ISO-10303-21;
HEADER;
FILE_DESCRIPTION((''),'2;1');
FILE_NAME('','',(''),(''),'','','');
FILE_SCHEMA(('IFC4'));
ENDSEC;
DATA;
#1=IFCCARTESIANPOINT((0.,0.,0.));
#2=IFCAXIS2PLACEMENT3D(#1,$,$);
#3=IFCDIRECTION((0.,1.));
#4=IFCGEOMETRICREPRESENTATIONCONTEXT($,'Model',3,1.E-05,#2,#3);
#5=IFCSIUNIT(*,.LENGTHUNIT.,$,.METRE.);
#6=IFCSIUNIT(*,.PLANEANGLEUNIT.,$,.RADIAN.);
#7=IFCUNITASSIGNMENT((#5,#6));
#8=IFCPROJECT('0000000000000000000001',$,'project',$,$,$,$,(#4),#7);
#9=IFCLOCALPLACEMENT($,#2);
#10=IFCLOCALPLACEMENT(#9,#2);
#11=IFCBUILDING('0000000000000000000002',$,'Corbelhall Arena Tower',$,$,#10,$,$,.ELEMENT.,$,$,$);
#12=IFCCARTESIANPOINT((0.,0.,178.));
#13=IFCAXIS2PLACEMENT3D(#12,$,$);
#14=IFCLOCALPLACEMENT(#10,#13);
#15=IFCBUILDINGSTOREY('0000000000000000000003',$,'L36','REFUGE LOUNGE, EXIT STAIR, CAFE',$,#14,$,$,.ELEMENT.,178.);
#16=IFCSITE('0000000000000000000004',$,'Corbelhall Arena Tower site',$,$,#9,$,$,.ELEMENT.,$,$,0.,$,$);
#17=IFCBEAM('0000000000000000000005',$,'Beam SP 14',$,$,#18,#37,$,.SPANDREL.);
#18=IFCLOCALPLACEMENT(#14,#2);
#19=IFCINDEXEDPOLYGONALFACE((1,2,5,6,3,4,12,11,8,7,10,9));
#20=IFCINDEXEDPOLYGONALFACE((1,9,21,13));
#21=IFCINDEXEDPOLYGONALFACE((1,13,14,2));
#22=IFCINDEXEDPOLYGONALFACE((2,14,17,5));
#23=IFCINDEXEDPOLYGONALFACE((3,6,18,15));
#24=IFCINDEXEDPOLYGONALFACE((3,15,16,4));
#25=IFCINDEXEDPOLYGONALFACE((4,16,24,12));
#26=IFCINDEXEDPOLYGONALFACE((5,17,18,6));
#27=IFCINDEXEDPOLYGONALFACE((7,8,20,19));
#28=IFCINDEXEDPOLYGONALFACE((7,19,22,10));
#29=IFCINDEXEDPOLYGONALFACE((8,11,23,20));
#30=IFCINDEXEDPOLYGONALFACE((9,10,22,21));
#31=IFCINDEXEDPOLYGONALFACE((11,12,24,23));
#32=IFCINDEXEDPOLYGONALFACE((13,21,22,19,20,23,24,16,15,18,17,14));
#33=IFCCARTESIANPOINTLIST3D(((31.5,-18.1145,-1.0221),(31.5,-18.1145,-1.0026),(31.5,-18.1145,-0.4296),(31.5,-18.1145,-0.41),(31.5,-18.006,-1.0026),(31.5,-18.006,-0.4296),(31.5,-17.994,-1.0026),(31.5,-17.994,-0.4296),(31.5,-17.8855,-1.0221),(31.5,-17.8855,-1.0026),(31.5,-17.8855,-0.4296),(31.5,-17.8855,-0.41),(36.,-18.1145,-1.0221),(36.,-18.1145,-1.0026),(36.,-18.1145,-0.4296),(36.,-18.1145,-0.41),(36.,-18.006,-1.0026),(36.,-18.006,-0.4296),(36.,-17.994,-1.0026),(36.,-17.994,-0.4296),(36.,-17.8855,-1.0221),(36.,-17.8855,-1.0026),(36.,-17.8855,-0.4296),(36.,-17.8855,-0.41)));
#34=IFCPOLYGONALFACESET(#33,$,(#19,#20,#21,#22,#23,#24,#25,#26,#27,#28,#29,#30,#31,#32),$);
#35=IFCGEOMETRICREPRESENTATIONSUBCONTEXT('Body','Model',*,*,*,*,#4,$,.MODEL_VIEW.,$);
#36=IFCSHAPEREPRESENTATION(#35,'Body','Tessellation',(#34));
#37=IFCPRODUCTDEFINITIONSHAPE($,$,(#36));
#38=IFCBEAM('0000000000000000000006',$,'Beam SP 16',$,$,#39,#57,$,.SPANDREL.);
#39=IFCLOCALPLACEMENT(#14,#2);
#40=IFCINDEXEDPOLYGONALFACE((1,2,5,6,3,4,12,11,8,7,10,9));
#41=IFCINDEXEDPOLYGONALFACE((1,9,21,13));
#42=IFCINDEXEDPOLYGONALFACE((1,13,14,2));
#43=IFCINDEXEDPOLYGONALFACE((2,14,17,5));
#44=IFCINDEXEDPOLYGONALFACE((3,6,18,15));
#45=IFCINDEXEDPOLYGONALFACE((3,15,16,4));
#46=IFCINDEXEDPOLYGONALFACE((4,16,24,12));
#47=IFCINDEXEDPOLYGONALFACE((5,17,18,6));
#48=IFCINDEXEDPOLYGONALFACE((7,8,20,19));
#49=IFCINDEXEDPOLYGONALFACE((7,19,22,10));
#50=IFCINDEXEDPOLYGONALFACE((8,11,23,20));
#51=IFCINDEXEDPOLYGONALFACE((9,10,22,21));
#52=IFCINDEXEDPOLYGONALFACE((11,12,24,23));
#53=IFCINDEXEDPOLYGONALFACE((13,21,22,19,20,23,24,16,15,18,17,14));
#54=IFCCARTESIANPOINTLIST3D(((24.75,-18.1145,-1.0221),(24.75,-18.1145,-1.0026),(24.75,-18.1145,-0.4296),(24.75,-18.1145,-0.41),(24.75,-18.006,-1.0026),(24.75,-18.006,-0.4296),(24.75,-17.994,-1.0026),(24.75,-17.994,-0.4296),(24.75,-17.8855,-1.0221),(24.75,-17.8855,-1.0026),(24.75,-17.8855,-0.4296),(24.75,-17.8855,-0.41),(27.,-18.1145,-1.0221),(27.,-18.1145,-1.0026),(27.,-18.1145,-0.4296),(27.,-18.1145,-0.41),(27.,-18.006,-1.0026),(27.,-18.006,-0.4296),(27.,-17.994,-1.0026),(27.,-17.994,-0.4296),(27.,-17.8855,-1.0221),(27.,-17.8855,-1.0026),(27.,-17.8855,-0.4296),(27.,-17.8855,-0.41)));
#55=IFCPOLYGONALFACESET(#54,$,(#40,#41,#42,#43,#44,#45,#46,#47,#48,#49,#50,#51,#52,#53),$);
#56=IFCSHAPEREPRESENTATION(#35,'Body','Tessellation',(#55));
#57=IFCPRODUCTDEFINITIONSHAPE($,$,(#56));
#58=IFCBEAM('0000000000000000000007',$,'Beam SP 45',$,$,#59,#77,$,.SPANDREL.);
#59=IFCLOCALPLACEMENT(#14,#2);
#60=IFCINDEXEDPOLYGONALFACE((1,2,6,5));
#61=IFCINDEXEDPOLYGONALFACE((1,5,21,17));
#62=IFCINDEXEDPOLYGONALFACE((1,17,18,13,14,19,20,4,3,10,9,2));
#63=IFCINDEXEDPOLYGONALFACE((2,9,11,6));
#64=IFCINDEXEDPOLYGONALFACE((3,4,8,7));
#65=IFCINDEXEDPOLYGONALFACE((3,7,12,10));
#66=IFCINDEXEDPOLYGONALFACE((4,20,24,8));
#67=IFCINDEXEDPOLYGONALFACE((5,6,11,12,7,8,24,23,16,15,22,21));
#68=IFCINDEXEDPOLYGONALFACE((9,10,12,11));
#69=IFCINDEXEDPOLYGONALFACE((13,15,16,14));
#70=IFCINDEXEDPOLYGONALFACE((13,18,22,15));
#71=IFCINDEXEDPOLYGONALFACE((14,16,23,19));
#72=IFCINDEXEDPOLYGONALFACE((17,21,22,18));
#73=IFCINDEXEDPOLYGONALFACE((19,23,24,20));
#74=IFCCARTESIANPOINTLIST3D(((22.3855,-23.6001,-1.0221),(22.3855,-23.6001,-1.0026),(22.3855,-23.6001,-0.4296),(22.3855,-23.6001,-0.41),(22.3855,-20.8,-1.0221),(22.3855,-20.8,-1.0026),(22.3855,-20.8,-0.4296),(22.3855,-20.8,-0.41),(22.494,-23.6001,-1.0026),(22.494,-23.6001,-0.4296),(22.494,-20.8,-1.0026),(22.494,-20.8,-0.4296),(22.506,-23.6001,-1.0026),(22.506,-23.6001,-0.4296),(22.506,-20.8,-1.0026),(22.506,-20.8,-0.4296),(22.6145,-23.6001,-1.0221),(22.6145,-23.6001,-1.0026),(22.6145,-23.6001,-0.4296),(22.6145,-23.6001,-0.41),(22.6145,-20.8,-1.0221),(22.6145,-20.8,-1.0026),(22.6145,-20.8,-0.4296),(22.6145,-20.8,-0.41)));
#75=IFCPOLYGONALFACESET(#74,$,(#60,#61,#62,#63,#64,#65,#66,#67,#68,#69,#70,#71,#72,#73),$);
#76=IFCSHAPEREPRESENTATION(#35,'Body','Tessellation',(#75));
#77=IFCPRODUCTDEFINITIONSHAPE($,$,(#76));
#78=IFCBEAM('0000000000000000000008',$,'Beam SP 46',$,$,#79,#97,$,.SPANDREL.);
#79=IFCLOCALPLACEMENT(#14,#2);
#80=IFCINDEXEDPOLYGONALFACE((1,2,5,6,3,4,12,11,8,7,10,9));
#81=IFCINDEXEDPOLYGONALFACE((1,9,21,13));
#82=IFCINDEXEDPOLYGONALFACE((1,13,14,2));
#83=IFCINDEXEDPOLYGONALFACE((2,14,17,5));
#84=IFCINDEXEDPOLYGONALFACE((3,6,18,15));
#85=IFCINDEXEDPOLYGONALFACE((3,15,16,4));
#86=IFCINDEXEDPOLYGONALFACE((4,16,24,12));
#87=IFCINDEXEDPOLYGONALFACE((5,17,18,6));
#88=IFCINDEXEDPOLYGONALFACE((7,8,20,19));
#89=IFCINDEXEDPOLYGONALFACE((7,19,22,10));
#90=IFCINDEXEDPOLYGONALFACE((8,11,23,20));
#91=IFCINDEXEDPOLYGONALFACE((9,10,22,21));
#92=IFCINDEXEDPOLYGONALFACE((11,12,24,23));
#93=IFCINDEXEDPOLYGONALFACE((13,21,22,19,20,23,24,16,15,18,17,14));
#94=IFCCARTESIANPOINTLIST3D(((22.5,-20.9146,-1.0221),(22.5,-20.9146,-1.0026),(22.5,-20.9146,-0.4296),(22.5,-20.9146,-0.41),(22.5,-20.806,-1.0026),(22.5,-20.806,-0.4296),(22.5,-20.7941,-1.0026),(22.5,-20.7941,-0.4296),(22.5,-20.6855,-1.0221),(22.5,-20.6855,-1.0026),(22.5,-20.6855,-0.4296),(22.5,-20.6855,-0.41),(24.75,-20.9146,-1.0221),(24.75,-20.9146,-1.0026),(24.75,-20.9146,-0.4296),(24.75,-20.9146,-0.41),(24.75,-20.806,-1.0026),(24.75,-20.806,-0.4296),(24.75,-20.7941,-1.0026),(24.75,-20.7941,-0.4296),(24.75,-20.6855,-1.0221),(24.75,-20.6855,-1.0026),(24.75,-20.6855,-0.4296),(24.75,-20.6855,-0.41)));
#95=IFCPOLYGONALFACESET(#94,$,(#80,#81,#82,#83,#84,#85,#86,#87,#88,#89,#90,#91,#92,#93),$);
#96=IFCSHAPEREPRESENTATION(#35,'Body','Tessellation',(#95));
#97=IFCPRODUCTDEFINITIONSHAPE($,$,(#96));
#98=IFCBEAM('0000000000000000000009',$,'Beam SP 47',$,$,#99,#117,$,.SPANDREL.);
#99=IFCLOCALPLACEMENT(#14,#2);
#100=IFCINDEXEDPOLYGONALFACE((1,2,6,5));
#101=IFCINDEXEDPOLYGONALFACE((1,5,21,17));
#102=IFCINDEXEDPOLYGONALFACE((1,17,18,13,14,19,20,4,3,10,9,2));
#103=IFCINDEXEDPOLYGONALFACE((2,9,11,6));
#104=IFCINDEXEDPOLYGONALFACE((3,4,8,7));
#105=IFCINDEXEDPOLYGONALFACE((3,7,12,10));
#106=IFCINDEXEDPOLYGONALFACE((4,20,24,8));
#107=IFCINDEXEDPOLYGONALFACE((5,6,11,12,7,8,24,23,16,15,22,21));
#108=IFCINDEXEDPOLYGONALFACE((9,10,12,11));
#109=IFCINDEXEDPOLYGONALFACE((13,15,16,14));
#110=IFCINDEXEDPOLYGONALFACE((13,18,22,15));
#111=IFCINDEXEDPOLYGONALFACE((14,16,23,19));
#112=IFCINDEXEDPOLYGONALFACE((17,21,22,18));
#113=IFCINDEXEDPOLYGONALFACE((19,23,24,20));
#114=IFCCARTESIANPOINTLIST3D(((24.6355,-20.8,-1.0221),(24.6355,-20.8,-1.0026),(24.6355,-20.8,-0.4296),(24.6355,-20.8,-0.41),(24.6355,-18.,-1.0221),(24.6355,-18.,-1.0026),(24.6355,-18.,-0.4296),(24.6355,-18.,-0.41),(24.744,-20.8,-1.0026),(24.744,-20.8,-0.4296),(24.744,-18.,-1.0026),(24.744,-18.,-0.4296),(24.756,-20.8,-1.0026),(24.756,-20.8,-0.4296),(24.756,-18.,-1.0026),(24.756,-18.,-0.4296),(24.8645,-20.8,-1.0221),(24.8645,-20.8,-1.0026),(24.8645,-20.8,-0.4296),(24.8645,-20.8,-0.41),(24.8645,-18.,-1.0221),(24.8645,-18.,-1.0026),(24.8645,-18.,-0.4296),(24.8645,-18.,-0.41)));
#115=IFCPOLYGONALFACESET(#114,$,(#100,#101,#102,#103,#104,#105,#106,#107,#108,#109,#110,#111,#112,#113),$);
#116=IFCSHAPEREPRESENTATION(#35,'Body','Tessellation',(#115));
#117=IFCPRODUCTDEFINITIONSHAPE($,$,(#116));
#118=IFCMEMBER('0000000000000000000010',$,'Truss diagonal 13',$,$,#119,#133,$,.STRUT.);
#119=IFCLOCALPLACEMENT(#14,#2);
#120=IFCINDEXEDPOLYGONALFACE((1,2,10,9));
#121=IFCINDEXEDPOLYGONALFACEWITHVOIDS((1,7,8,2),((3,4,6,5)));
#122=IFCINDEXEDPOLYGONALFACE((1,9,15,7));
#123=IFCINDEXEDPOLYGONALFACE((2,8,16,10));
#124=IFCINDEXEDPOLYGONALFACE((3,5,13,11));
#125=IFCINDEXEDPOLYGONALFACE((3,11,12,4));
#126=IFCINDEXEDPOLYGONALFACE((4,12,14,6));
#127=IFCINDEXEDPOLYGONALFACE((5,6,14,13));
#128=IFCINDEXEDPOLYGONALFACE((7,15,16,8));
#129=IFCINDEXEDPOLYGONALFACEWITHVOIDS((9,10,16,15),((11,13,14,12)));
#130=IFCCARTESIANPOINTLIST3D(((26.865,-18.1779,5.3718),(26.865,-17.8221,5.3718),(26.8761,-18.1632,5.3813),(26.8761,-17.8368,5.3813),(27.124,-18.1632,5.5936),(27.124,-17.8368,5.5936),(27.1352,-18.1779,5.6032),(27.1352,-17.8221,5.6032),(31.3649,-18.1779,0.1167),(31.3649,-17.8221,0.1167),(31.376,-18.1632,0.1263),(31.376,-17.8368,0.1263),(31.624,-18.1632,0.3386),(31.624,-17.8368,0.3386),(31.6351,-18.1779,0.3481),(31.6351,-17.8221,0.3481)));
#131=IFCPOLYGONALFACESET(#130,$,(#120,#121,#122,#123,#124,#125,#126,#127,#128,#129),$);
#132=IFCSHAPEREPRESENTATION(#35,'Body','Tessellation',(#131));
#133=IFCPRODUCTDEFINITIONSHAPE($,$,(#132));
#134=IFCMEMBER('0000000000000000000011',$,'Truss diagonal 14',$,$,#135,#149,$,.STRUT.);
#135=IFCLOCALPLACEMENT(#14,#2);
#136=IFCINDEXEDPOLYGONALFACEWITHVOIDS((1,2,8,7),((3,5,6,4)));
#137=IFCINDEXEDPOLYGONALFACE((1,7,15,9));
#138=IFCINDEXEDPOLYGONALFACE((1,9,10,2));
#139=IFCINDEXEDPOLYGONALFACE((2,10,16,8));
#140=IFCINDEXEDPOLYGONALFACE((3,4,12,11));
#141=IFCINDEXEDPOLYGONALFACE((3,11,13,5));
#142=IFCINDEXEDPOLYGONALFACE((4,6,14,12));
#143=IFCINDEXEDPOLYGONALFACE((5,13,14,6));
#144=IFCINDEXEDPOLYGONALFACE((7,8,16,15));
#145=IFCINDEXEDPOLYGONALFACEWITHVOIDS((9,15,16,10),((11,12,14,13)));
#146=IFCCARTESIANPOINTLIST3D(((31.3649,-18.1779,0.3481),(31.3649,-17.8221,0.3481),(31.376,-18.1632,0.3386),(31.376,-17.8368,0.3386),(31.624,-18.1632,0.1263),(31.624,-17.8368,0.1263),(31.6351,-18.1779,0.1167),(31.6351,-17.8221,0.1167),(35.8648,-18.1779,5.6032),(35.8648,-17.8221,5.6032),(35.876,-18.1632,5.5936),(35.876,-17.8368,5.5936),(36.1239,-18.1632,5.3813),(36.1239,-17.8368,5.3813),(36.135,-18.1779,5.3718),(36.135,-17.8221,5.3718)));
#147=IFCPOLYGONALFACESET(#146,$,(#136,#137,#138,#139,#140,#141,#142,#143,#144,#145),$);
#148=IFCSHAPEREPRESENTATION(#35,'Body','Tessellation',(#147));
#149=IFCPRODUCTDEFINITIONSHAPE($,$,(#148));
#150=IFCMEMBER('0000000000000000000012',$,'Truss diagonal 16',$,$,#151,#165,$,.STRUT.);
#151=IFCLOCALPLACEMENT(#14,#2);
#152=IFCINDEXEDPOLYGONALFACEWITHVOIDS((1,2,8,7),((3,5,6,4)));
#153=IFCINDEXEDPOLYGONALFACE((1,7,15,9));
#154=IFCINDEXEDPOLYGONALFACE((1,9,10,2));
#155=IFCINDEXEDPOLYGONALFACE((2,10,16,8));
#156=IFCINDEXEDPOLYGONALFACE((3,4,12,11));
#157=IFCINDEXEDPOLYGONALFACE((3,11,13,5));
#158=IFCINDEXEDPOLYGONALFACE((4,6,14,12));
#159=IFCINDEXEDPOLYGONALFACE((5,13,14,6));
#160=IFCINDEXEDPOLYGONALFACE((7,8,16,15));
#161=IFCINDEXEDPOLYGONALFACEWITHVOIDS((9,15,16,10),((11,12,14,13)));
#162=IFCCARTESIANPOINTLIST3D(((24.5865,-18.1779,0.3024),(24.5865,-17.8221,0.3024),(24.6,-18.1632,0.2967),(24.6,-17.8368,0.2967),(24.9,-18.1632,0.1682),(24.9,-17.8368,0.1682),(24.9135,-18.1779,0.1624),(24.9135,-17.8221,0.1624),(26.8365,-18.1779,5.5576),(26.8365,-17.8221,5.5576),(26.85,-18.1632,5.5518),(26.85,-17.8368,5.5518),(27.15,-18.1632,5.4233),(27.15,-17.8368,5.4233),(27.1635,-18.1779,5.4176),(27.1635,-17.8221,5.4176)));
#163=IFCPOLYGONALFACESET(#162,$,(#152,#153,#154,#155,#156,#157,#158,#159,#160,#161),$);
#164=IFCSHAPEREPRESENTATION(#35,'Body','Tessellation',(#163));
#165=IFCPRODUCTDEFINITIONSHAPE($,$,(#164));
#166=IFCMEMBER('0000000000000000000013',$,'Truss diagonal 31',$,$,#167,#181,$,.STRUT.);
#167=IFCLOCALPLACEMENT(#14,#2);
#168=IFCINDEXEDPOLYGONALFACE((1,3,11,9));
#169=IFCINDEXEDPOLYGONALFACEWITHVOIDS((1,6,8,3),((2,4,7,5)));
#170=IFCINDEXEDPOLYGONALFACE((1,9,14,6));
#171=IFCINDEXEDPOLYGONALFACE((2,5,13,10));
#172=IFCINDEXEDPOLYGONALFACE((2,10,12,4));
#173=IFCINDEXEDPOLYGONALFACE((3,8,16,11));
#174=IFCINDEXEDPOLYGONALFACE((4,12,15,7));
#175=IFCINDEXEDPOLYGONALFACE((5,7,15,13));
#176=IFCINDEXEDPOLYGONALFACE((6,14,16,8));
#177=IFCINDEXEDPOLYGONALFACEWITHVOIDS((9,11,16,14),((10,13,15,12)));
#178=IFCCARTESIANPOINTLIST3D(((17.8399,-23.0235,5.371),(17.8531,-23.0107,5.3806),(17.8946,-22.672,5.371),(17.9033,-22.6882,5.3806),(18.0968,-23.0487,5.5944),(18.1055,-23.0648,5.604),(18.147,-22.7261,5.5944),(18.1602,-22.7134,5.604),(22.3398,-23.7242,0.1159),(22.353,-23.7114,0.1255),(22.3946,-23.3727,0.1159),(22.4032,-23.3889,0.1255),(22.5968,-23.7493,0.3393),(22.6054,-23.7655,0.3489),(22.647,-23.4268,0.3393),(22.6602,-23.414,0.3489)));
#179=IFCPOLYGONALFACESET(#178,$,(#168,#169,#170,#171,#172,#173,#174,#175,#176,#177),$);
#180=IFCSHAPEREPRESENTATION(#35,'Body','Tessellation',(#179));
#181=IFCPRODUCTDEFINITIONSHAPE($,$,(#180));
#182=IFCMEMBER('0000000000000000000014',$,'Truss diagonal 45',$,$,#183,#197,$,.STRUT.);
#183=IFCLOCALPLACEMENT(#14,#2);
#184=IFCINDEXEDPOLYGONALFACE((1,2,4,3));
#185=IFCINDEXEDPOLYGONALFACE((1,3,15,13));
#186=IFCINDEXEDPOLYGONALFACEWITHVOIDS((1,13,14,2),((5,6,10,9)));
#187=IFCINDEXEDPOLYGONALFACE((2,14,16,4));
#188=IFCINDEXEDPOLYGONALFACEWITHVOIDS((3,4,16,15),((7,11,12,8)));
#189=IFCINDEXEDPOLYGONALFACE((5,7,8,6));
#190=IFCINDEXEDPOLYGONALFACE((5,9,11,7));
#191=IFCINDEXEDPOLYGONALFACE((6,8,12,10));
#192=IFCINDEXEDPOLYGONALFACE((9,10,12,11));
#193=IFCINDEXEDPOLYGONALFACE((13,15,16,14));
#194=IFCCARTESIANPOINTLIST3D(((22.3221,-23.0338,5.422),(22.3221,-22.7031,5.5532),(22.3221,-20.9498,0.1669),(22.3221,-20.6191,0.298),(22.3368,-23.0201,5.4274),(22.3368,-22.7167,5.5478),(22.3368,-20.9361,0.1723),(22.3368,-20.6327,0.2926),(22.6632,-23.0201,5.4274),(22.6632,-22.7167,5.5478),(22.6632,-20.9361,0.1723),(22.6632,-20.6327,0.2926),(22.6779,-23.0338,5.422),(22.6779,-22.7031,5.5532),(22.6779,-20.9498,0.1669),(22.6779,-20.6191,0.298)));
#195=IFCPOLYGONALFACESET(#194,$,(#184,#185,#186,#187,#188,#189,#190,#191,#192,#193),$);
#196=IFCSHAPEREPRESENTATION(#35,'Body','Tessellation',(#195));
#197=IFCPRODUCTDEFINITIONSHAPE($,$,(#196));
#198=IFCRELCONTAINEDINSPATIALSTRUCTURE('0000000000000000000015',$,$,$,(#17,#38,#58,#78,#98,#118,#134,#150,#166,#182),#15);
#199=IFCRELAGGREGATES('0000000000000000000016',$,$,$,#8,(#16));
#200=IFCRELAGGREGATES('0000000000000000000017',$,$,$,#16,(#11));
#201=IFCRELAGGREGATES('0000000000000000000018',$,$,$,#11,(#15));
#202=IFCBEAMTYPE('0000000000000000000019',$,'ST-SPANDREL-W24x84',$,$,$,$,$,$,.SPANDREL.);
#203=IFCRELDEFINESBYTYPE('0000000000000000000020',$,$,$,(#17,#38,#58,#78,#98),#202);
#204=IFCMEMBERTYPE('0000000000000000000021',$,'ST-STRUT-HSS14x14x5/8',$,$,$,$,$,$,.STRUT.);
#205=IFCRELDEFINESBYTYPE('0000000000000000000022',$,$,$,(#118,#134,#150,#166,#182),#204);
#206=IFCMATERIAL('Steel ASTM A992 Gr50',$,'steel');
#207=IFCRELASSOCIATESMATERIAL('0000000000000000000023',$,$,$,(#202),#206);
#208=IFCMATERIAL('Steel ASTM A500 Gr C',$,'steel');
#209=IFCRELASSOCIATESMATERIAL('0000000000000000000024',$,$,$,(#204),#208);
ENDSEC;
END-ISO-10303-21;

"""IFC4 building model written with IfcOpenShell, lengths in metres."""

from ifc_helpers import new_model, si_unit, direction, frame, origin, origin_2d, place, context, subcontext, project, spatial, hollow_rectangle, i_section, extrude, material, material_profile, profile_set, type_object, element, save


model = new_model("IFC4")

# Units and contexts
model_context = context("Model", 3, precision=1e-05, world=origin(), true_north=direction((0.0, 1.0)))
body_context = subcontext(model_context, "Body", "Model", "MODEL_VIEW")
ifc_project = project(units=[si_unit("LENGTHUNIT", "METRE"), si_unit("PLANEANGLEUNIT", "RADIAN")], contexts=[model_context])

# Site, building, storey
site_placement = place(None, origin())
site = spatial("IfcSite", under=ifc_project, at=site_placement, Name="Corbelhall Arena Tower site", CompositionType="ELEMENT", RefElevation=0.0)
building_placement = place(site_placement, origin())
building = spatial("IfcBuilding", under=site, at=building_placement, Name="Corbelhall Arena Tower", CompositionType="ELEMENT")
storey_placement = place(building_placement, frame((0.0, 0.0, 178.0)))
storey = spatial("IfcBuildingStorey", under=building, at=storey_placement, Name="L36", Description="REFUGE LOUNGE, EXIT STAIR, CAFE", CompositionType="ELEMENT", Elevation=178.0)

# Beams
ifc_material_1 = material(Name="Steel ASTM A992 Gr50", Category="steel")
ifc_material_profile_1 = material_profile(ifc_material_1, i_section(OverallWidth=0.229, OverallDepth=0.6121, WebThickness=0.012, FlangeThickness=0.0195, at=origin_2d()))
ifc_profile_set_1 = profile_set([ifc_material_profile_1], Name="Steel ASTM A992 Gr50")
beam_type = type_object("IfcBeamType", Name="ST-SPANDREL-W24x84", PredefinedType="SPANDREL", material=ifc_profile_set_1)
for number, where, z_axis, x_axis, name in (
    (1, (36.0, -18.0, -0.7161), (-1.0, 0.0, 0.0), (0.0, -1.0, 0.0), "Beam SP 14"),
):
    element("IfcBeam", number, at=place(storey_placement, frame(where, z_axis=z_axis, x_axis=x_axis)), inside=storey, type_object=beam_type, Name=name, PredefinedType="SPANDREL", context=body_context, shape_type="SweptSolid", body=[
        extrude(i_section(OverallWidth=0.229, OverallDepth=0.6121, WebThickness=0.012, FlangeThickness=0.0195, at=origin_2d()), origin(), (0.0, 0.0, 1.0), 4.5),
    ])
beam_1_placement = place(storey_placement, frame((27.0, -18.0, -0.7161), z_axis=(-1.0, 0.0, 0.0), x_axis=(0.0, -1.0, 0.0)))
element("IfcBeam", 2, at=beam_1_placement, inside=storey, type_object=beam_type, Name="Beam SP 16", PredefinedType="SPANDREL", context=body_context, shape_type="SweptSolid", body=[
    extrude(i_section(OverallWidth=0.229, OverallDepth=0.6121, WebThickness=0.012, FlangeThickness=0.0195, at=origin_2d()), origin(), (0.0, 0.0, 1.0), 2.25),
])
beam_2_placement = place(storey_placement, frame((22.5, -20.8, -0.7161), z_axis=(0.0, -1.0, 0.0), x_axis=(1.0, 0.0, 0.0)))
element("IfcBeam", 3, at=beam_2_placement, inside=storey, type_object=beam_type, Name="Beam SP 45", PredefinedType="SPANDREL", context=body_context, shape_type="SweptSolid", body=[
    extrude(i_section(OverallWidth=0.229, OverallDepth=0.6121, WebThickness=0.012, FlangeThickness=0.0195, at=origin_2d()), origin(), (0.0, 0.0, 1.0), 2.8),
])
beam_3_placement = place(storey_placement, frame((24.75, -20.8, -0.7161), z_axis=(-1.0, 0.0, 0.0), x_axis=(0.0, -1.0, 0.0)))
element("IfcBeam", 4, at=beam_3_placement, inside=storey, type_object=beam_type, Name="Beam SP 46", PredefinedType="SPANDREL", context=body_context, shape_type="SweptSolid", body=[
    extrude(i_section(OverallWidth=0.229, OverallDepth=0.6121, WebThickness=0.012, FlangeThickness=0.0195, at=origin_2d()), origin(), (0.0, 0.0, 1.0), 2.25),
])
beam_4_placement = place(storey_placement, frame((24.75, -18.0, -0.7161), z_axis=(0.0, -1.0, 0.0), x_axis=(1.0, 0.0, 0.0)))
element("IfcBeam", 5, at=beam_4_placement, inside=storey, type_object=beam_type, Name="Beam SP 47", PredefinedType="SPANDREL", context=body_context, shape_type="SweptSolid", body=[
    extrude(i_section(OverallWidth=0.229, OverallDepth=0.6121, WebThickness=0.012, FlangeThickness=0.0195, at=origin_2d()), origin(), (0.0, 0.0, 1.0), 2.8),
])

# Members
ifc_material_2 = material(Name="Steel ASTM A500 Gr C", Category="steel")
ifc_material_profile_2 = material_profile(ifc_material_2, hollow_rectangle(XDim=0.3557, YDim=0.3557, WallThickness=0.0146, at=origin_2d()))
ifc_profile_set_2 = profile_set([ifc_material_profile_2], Name="Steel ASTM A500 Gr C")
member_type_1 = type_object("IfcMemberType", Name="ST-STRUT-HSS14x14x5/8", PredefinedType="STRUT", material=ifc_profile_set_2)
for number, where, z_axis, x_axis, name in (
    (6, (31.5, -18.0, 0.2324), (-0.650425, 0.0, 0.75957), (0.0, -1.0, 0.0), "Truss diagonal 13"),
    (7, (31.5, -18.0, 0.2324), (0.650425, 0.0, 0.75957), (0.0, 1.0, 0.0), "Truss diagonal 14"),
):
    element("IfcMember", number, at=place(storey_placement, frame(where, z_axis=z_axis, x_axis=x_axis)), inside=storey, type_object=member_type_1, Name=name, PredefinedType="STRUT", context=body_context, shape_type="SweptSolid", body=[
        extrude(hollow_rectangle(XDim=0.3557, YDim=0.3557, WallThickness=0.0146, at=origin_2d()), origin(), (0.0, 0.0, 1.0), 6.9185),
    ])
member_1_placement = place(storey_placement, frame((24.75, -18.0, 0.2324), z_axis=(0.393595, 0.0, 0.919284), x_axis=(0.0, 1.0, 0.0)))
element("IfcMember", 8, at=member_1_placement, inside=storey, type_object=member_type_1, Name="Truss diagonal 16", PredefinedType="STRUT", context=body_context, shape_type="SweptSolid", body=[
    extrude(hollow_rectangle(XDim=0.3557, YDim=0.3557, WallThickness=0.0146, at=origin_2d()), origin(), (0.0, 0.0, 1.0), 5.7166),
])
member_2_placement = place(storey_placement, frame((22.5, -23.5691, 0.2324), z_axis=(-0.647115, 0.100761, 0.755705), x_axis=(-0.153854, -0.988094, 0.0)))
element("IfcMember", 9, at=member_2_placement, inside=storey, type_object=member_type_1, Name="Truss diagonal 31", PredefinedType="STRUT", context=body_context, shape_type="SweptSolid", body=[
    extrude(hollow_rectangle(XDim=0.3557, YDim=0.3557, WallThickness=0.0146, at=origin_2d()), origin(), (0.0, 0.0, 1.0), 6.9539),
])
member_3_placement = place(storey_placement, frame((22.5, -20.7844, 0.2324), z_axis=(0.0, -0.368634, 0.929575), x_axis=(1.0, 0.0, 0.0)))
element("IfcMember", 10, at=member_3_placement, inside=storey, type_object=member_type_1, Name="Truss diagonal 45", PredefinedType="STRUT", context=body_context, shape_type="SweptSolid", body=[
    extrude(hollow_rectangle(XDim=0.3557, YDim=0.3557, WallThickness=0.0146, at=origin_2d()), origin(), (0.0, 0.0, 1.0), 5.6533),
])

save(model, "model.ifc")
